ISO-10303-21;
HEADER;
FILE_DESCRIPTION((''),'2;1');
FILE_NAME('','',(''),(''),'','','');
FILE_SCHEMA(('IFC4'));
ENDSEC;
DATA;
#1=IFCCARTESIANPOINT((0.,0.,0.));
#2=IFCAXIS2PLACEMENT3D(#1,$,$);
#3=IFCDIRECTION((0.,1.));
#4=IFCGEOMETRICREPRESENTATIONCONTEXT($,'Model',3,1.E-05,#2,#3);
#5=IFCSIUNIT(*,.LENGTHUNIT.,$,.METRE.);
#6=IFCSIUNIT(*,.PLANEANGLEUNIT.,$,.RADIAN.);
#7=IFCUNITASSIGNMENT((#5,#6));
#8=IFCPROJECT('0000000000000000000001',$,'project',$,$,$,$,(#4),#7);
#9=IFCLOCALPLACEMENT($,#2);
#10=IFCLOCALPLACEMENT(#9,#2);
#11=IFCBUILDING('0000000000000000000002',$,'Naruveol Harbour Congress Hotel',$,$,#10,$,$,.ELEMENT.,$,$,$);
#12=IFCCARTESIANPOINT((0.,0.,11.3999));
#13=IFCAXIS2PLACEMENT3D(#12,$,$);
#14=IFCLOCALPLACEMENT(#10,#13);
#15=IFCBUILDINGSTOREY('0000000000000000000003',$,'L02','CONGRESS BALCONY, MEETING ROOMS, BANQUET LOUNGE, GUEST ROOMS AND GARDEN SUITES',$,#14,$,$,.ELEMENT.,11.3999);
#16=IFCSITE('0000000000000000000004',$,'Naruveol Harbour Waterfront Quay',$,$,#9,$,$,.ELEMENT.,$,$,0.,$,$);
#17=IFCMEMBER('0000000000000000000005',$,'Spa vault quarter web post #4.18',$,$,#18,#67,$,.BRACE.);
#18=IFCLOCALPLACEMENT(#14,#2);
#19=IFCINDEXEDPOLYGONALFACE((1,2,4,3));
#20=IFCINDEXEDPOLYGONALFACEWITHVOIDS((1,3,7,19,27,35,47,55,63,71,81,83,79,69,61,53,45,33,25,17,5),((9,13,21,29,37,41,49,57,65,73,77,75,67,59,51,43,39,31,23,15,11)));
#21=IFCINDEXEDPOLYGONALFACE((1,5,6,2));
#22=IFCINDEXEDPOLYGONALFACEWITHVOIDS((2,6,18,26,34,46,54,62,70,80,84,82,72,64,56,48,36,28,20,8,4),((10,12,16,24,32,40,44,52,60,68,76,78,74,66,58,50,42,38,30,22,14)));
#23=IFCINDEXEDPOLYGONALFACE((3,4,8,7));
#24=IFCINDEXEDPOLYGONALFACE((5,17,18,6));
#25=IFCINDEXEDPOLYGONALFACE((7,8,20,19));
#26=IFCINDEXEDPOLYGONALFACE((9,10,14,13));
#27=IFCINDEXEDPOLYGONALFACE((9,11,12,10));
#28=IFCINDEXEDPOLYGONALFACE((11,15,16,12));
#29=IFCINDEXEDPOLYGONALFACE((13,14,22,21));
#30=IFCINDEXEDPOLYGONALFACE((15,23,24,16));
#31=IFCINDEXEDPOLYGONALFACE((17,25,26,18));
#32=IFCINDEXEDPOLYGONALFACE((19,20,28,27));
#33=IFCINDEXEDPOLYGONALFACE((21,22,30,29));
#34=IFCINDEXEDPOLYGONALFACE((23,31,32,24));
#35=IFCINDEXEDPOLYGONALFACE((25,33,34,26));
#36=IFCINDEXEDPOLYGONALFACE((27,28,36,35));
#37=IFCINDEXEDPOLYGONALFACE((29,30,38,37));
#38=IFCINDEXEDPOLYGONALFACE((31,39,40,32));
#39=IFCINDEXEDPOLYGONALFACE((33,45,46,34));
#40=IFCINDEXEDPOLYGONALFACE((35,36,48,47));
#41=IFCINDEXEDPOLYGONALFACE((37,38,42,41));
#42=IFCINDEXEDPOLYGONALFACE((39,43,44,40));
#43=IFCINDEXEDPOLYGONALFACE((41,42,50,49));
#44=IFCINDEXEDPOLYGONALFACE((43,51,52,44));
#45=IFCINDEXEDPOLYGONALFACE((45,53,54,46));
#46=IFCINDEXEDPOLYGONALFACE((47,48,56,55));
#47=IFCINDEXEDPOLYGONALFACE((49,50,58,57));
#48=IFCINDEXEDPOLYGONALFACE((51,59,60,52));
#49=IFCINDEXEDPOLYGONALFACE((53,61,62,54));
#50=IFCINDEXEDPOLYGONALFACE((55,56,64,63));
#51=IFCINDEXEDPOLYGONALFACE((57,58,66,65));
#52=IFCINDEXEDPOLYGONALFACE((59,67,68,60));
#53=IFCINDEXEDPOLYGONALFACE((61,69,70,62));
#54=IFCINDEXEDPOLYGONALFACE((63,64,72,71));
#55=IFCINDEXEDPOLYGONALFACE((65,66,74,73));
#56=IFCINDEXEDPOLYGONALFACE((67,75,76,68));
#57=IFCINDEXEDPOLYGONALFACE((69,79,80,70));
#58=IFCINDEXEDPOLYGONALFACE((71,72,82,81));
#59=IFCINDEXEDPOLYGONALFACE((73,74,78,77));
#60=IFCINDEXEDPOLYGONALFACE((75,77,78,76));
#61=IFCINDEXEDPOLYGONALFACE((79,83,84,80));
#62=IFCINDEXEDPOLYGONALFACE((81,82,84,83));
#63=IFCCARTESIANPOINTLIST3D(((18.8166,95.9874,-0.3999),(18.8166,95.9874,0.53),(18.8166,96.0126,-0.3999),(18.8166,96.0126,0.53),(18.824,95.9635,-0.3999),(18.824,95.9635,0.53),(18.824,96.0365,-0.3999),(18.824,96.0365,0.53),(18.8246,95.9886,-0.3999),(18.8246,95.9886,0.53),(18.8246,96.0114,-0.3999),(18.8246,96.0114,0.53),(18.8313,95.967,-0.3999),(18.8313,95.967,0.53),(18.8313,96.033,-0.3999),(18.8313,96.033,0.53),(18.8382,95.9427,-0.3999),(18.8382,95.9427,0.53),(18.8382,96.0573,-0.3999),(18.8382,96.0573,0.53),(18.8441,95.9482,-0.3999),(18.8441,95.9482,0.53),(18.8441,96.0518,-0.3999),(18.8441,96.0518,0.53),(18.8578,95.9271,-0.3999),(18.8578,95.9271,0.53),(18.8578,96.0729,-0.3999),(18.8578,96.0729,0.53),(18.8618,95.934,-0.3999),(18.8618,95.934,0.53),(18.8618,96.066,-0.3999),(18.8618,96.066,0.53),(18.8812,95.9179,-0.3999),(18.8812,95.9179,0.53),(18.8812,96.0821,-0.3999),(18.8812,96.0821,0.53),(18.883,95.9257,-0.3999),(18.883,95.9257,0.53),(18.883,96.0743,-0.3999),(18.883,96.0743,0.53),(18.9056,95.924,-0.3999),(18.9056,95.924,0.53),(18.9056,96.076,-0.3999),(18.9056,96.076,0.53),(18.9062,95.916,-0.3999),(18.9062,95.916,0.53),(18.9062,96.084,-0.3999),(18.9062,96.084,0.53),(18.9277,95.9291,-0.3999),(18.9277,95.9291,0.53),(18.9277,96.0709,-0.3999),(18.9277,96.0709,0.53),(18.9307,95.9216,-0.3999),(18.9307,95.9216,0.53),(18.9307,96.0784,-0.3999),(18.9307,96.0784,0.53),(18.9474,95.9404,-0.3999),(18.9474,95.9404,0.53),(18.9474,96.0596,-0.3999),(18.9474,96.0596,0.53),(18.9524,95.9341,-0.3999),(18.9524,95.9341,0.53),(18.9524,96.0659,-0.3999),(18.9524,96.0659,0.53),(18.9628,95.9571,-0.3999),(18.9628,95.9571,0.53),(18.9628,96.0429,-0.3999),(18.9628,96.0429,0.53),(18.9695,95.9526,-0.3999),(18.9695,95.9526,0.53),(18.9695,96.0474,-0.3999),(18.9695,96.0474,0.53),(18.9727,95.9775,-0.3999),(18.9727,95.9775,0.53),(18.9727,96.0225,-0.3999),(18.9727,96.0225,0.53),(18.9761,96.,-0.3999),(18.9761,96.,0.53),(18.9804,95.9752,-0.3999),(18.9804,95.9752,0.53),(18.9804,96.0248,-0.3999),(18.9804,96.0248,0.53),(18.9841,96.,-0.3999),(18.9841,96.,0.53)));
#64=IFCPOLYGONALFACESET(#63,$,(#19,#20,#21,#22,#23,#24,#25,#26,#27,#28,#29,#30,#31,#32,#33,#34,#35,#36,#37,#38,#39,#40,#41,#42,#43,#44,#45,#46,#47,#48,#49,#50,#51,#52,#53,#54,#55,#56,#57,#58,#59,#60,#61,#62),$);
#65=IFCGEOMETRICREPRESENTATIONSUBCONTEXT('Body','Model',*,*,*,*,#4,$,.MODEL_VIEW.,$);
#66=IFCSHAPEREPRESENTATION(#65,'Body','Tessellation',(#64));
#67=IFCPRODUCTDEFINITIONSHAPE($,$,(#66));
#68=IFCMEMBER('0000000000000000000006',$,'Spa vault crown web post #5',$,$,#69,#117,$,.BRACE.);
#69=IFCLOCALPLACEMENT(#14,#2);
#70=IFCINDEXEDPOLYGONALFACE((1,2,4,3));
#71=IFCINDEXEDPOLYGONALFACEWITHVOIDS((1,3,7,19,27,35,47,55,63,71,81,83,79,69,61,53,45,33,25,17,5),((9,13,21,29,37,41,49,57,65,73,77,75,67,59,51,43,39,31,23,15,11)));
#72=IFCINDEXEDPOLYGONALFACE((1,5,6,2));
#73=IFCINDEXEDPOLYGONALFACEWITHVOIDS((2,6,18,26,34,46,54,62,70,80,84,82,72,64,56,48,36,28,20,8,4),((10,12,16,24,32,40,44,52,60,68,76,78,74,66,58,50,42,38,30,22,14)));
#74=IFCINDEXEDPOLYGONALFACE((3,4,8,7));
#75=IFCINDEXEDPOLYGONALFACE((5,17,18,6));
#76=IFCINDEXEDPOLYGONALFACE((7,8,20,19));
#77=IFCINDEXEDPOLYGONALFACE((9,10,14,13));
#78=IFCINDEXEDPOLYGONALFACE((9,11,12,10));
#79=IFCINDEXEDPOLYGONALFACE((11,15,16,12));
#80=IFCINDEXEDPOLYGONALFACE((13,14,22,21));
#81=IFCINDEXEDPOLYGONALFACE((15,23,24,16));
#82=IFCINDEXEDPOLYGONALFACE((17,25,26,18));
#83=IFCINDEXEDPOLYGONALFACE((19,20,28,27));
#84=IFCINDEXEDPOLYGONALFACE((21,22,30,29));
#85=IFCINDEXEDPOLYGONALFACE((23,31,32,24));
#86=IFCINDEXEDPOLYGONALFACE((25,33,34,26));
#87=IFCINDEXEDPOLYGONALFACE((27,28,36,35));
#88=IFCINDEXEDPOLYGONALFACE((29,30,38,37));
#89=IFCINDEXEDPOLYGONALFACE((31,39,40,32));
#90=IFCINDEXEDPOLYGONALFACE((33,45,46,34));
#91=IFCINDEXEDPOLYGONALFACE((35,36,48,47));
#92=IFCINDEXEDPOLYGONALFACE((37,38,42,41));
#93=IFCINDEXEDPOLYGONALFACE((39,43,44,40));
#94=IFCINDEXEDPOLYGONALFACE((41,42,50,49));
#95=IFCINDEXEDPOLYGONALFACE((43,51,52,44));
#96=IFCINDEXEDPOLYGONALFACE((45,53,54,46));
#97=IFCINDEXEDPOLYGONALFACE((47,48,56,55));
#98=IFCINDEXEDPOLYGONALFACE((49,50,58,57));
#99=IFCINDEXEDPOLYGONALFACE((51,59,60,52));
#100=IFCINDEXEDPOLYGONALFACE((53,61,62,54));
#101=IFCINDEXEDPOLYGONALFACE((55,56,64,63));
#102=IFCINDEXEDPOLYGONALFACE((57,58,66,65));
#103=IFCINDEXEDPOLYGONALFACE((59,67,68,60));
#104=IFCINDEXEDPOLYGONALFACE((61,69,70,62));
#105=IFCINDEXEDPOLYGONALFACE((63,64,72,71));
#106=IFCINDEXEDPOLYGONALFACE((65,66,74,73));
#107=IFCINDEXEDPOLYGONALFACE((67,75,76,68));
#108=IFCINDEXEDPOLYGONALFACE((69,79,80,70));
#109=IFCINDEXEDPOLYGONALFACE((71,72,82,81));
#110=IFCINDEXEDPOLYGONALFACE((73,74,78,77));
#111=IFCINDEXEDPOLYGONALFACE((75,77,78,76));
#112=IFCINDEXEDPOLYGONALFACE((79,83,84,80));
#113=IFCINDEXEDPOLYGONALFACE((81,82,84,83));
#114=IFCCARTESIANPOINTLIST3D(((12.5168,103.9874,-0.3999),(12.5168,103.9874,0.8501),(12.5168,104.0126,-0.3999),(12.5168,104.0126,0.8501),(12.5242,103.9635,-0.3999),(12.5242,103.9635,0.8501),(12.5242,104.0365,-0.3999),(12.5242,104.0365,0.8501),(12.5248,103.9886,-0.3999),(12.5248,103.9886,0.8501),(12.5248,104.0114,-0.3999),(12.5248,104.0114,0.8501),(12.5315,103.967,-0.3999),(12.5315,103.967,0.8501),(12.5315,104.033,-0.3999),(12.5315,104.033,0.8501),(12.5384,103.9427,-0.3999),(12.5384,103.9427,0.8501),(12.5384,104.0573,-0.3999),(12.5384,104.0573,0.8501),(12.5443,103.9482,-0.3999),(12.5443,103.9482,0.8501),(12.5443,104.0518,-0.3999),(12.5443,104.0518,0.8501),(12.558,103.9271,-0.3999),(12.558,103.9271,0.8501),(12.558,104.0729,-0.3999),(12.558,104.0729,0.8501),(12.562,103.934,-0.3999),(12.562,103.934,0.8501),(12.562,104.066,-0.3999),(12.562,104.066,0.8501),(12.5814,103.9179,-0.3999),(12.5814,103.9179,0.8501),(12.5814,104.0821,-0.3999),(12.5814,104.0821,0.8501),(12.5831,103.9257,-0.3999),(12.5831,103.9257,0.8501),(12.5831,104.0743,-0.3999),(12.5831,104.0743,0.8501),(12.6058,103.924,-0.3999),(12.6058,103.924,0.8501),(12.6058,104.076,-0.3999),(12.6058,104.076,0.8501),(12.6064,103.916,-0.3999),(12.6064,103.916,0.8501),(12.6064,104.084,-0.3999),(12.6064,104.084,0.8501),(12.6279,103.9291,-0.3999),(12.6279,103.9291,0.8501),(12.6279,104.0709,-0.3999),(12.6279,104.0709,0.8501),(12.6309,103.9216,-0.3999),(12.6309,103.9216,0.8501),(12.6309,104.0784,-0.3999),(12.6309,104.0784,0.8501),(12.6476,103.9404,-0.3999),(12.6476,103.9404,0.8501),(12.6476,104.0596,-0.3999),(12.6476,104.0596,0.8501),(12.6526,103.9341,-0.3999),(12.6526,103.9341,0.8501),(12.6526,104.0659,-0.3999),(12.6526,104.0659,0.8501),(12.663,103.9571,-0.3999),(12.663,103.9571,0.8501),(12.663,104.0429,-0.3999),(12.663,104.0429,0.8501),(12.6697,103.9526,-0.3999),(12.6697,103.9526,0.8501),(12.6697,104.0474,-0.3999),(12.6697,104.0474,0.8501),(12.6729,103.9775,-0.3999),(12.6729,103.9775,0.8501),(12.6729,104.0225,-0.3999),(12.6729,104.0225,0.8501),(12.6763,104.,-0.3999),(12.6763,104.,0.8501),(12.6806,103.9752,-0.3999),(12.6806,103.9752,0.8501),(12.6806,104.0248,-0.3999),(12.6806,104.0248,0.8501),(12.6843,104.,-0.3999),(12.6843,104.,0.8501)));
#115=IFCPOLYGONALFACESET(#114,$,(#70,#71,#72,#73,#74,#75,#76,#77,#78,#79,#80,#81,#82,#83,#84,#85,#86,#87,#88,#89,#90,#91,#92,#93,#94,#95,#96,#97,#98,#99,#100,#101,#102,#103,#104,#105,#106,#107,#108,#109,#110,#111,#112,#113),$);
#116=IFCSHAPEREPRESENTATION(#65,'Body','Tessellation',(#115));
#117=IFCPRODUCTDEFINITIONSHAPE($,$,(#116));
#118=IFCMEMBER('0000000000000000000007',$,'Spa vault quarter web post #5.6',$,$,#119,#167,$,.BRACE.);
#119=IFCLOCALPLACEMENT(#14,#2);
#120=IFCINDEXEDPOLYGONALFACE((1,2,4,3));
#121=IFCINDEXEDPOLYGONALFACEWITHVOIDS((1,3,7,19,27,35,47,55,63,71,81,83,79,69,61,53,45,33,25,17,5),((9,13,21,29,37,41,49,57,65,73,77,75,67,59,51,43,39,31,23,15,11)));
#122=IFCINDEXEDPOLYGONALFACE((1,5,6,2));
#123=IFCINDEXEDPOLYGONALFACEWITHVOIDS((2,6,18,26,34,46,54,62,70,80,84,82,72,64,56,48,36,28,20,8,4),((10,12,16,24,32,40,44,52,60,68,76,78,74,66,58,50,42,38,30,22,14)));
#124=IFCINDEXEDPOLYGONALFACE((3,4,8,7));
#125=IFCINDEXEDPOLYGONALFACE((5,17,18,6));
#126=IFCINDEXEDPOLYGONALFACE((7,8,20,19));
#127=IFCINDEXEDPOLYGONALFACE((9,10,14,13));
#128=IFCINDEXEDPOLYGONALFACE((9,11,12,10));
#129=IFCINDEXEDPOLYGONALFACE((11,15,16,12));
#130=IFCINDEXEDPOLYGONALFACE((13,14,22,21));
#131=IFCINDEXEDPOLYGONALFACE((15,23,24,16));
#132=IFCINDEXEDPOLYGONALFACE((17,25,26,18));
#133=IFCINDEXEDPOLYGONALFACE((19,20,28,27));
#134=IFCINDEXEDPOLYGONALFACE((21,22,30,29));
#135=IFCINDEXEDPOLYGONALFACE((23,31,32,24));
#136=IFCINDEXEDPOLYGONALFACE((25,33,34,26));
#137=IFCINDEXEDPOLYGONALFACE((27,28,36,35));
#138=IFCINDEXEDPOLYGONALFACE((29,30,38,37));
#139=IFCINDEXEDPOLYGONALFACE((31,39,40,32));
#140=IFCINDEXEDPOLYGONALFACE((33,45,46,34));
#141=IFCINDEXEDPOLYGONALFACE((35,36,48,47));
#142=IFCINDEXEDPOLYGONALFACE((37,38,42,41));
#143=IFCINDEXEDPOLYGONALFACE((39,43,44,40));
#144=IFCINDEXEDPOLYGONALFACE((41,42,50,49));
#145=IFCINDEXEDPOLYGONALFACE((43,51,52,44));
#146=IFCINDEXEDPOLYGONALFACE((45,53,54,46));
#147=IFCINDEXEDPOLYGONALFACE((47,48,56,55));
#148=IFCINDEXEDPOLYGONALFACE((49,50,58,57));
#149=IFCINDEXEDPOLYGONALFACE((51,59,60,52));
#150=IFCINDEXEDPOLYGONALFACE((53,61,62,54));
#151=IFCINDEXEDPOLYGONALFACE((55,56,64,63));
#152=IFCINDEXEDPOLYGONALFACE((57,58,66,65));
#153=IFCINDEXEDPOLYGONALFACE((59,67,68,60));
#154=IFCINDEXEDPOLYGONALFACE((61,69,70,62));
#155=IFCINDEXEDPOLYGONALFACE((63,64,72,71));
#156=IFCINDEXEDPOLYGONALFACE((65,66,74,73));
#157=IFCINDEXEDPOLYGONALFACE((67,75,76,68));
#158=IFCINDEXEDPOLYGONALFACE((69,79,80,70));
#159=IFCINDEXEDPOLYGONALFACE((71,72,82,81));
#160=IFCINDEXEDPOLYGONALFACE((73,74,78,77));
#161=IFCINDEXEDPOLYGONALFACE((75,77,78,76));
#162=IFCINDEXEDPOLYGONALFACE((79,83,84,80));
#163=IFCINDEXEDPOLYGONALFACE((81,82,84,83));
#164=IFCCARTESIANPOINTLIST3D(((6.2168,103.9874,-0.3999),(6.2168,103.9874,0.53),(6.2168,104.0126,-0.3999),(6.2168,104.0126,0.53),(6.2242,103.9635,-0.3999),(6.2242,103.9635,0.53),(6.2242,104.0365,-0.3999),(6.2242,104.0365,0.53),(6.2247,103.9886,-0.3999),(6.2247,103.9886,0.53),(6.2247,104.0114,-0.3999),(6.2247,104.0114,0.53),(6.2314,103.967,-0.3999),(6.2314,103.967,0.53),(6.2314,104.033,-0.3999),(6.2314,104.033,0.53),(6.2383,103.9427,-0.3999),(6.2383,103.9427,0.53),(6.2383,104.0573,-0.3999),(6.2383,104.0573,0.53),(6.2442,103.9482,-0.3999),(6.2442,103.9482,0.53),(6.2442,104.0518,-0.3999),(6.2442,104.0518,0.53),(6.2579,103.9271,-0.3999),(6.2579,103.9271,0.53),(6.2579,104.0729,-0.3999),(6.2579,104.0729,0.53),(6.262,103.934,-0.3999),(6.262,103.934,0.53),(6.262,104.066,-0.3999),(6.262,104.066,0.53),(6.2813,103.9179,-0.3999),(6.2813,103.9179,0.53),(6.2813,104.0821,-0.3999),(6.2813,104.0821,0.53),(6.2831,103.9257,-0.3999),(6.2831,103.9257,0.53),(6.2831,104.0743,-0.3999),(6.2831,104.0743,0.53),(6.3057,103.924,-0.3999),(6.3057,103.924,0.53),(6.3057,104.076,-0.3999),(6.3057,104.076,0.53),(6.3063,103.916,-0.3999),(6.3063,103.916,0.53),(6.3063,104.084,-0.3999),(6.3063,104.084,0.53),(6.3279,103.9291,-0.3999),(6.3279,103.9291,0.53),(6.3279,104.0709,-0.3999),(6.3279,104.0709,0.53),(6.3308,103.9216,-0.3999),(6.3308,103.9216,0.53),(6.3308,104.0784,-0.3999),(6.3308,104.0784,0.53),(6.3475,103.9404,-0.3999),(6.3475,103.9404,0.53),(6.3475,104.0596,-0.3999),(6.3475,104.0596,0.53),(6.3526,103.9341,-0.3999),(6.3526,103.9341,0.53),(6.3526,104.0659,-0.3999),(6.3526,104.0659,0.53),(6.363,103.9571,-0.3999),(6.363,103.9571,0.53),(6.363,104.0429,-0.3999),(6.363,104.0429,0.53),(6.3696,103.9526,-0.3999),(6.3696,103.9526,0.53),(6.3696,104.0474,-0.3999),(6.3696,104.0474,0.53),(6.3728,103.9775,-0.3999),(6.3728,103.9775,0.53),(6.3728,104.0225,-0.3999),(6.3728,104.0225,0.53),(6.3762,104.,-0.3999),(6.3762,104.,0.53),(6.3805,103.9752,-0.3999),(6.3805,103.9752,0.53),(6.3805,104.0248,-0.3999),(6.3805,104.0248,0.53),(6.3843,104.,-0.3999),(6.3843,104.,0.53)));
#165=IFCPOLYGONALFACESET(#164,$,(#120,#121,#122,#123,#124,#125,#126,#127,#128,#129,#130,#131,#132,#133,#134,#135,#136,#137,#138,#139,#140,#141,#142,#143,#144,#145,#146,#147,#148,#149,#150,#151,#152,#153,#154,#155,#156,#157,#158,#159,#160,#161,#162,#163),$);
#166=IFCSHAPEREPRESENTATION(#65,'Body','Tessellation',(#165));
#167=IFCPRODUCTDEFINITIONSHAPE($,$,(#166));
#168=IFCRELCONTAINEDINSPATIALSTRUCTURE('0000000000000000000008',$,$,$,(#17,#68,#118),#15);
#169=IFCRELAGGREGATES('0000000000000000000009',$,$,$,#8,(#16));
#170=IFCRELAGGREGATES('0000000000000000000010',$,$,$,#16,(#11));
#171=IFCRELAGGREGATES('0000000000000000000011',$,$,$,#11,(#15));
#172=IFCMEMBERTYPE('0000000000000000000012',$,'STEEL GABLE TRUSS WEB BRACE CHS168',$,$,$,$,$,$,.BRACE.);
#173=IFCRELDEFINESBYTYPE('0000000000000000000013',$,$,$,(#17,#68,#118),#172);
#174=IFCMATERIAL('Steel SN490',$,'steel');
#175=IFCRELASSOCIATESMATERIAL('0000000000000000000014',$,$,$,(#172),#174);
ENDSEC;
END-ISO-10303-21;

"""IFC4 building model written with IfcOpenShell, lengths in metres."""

from ifc_helpers import new_model, si_unit, direction, frame, origin, origin_2d, place, context, subcontext, project, spatial, hollow_circle, extrude, material, material_profile, profile_set, type_object, element, save


model = new_model("IFC4")

# Units and contexts
model_context = context("Model", 3, precision=1e-05, world=origin(), true_north=direction((0.0, 1.0)))
body_context = subcontext(model_context, "Body", "Model", "MODEL_VIEW")
ifc_project = project(units=[si_unit("LENGTHUNIT", "METRE"), si_unit("PLANEANGLEUNIT", "RADIAN")], contexts=[model_context])

# Site, building, storey
site_placement = place(None, origin())
site = spatial("IfcSite", under=ifc_project, at=site_placement, Name="Naruveol Harbour Waterfront Quay", CompositionType="ELEMENT", RefElevation=0.0)
building_placement = place(site_placement, origin())
building = spatial("IfcBuilding", under=site, at=building_placement, Name="Naruveol Harbour Congress Hotel", CompositionType="ELEMENT")
storey_placement = place(building_placement, frame((0.0, 0.0, 11.3999)))
storey = spatial("IfcBuildingStorey", under=building, at=storey_placement, Name="L02", Description="CONGRESS BALCONY, MEETING ROOMS, BANQUET LOUNGE, GUEST ROOMS AND GARDEN SUITES", CompositionType="ELEMENT", Elevation=11.3999)

# Members
ifc_material_1 = material(Name="Steel SN490", Category="steel")
ifc_material_profile_1 = material_profile(ifc_material_1, hollow_circle(Radius=0.0842, WallThickness=0.0081, at=origin_2d()), Name="CHS-168.3x8")
ifc_profile_set_1 = profile_set([ifc_material_profile_1], Name="Steel SN490")
member_type_1 = type_object("IfcMemberType", Name="STEEL GABLE TRUSS WEB BRACE CHS168", PredefinedType="BRACE", material=ifc_profile_set_1)
for number, where, z_axis, x_axis, name in (
    (1, (18.8999, 96.0, -0.3999), (0.0, 0.0, 1.0), (1.0, 0.0, 0.0), "Spa vault quarter web post #4.18"),
):
    element("IfcMember", number, at=place(storey_placement, frame(where, z_axis=z_axis, x_axis=x_axis)), inside=storey, type_object=member_type_1, Name=name, PredefinedType="BRACE", context=body_context, shape_type="SweptSolid", body=[
        extrude(hollow_circle(Radius=0.0842, WallThickness=0.0081, at=origin_2d()), origin(), (0.0, 0.0, 1.0), 0.9299),
    ])
member_1_placement = place(storey_placement, frame((12.6001, 104.0, -0.3999), z_axis=(0.0, 0.0, 1.0), x_axis=(1.0, 0.0, 0.0)))
element("IfcMember", 2, at=member_1_placement, inside=storey, type_object=member_type_1, Name="Spa vault crown web post #5", PredefinedType="BRACE", context=body_context, shape_type="SweptSolid", body=[
    extrude(hollow_circle(Radius=0.0842, WallThickness=0.0081, at=origin_2d()), origin(), (0.0, 0.0, 1.0), 1.25),
])
for number, where, z_axis, x_axis, name in (
    (3, (6.3, 104.0, -0.3999), (0.0, 0.0, 1.0), (1.0, 0.0, 0.0), "Spa vault quarter web post #5.6"),
):
    element("IfcMember", number, at=place(storey_placement, frame(where, z_axis=z_axis, x_axis=x_axis)), inside=storey, type_object=member_type_1, Name=name, PredefinedType="BRACE", context=body_context, shape_type="SweptSolid", body=[
        extrude(hollow_circle(Radius=0.0842, WallThickness=0.0081, at=origin_2d()), origin(), (0.0, 0.0, 1.0), 0.9299),
    ])

save(model, "model.ifc")
